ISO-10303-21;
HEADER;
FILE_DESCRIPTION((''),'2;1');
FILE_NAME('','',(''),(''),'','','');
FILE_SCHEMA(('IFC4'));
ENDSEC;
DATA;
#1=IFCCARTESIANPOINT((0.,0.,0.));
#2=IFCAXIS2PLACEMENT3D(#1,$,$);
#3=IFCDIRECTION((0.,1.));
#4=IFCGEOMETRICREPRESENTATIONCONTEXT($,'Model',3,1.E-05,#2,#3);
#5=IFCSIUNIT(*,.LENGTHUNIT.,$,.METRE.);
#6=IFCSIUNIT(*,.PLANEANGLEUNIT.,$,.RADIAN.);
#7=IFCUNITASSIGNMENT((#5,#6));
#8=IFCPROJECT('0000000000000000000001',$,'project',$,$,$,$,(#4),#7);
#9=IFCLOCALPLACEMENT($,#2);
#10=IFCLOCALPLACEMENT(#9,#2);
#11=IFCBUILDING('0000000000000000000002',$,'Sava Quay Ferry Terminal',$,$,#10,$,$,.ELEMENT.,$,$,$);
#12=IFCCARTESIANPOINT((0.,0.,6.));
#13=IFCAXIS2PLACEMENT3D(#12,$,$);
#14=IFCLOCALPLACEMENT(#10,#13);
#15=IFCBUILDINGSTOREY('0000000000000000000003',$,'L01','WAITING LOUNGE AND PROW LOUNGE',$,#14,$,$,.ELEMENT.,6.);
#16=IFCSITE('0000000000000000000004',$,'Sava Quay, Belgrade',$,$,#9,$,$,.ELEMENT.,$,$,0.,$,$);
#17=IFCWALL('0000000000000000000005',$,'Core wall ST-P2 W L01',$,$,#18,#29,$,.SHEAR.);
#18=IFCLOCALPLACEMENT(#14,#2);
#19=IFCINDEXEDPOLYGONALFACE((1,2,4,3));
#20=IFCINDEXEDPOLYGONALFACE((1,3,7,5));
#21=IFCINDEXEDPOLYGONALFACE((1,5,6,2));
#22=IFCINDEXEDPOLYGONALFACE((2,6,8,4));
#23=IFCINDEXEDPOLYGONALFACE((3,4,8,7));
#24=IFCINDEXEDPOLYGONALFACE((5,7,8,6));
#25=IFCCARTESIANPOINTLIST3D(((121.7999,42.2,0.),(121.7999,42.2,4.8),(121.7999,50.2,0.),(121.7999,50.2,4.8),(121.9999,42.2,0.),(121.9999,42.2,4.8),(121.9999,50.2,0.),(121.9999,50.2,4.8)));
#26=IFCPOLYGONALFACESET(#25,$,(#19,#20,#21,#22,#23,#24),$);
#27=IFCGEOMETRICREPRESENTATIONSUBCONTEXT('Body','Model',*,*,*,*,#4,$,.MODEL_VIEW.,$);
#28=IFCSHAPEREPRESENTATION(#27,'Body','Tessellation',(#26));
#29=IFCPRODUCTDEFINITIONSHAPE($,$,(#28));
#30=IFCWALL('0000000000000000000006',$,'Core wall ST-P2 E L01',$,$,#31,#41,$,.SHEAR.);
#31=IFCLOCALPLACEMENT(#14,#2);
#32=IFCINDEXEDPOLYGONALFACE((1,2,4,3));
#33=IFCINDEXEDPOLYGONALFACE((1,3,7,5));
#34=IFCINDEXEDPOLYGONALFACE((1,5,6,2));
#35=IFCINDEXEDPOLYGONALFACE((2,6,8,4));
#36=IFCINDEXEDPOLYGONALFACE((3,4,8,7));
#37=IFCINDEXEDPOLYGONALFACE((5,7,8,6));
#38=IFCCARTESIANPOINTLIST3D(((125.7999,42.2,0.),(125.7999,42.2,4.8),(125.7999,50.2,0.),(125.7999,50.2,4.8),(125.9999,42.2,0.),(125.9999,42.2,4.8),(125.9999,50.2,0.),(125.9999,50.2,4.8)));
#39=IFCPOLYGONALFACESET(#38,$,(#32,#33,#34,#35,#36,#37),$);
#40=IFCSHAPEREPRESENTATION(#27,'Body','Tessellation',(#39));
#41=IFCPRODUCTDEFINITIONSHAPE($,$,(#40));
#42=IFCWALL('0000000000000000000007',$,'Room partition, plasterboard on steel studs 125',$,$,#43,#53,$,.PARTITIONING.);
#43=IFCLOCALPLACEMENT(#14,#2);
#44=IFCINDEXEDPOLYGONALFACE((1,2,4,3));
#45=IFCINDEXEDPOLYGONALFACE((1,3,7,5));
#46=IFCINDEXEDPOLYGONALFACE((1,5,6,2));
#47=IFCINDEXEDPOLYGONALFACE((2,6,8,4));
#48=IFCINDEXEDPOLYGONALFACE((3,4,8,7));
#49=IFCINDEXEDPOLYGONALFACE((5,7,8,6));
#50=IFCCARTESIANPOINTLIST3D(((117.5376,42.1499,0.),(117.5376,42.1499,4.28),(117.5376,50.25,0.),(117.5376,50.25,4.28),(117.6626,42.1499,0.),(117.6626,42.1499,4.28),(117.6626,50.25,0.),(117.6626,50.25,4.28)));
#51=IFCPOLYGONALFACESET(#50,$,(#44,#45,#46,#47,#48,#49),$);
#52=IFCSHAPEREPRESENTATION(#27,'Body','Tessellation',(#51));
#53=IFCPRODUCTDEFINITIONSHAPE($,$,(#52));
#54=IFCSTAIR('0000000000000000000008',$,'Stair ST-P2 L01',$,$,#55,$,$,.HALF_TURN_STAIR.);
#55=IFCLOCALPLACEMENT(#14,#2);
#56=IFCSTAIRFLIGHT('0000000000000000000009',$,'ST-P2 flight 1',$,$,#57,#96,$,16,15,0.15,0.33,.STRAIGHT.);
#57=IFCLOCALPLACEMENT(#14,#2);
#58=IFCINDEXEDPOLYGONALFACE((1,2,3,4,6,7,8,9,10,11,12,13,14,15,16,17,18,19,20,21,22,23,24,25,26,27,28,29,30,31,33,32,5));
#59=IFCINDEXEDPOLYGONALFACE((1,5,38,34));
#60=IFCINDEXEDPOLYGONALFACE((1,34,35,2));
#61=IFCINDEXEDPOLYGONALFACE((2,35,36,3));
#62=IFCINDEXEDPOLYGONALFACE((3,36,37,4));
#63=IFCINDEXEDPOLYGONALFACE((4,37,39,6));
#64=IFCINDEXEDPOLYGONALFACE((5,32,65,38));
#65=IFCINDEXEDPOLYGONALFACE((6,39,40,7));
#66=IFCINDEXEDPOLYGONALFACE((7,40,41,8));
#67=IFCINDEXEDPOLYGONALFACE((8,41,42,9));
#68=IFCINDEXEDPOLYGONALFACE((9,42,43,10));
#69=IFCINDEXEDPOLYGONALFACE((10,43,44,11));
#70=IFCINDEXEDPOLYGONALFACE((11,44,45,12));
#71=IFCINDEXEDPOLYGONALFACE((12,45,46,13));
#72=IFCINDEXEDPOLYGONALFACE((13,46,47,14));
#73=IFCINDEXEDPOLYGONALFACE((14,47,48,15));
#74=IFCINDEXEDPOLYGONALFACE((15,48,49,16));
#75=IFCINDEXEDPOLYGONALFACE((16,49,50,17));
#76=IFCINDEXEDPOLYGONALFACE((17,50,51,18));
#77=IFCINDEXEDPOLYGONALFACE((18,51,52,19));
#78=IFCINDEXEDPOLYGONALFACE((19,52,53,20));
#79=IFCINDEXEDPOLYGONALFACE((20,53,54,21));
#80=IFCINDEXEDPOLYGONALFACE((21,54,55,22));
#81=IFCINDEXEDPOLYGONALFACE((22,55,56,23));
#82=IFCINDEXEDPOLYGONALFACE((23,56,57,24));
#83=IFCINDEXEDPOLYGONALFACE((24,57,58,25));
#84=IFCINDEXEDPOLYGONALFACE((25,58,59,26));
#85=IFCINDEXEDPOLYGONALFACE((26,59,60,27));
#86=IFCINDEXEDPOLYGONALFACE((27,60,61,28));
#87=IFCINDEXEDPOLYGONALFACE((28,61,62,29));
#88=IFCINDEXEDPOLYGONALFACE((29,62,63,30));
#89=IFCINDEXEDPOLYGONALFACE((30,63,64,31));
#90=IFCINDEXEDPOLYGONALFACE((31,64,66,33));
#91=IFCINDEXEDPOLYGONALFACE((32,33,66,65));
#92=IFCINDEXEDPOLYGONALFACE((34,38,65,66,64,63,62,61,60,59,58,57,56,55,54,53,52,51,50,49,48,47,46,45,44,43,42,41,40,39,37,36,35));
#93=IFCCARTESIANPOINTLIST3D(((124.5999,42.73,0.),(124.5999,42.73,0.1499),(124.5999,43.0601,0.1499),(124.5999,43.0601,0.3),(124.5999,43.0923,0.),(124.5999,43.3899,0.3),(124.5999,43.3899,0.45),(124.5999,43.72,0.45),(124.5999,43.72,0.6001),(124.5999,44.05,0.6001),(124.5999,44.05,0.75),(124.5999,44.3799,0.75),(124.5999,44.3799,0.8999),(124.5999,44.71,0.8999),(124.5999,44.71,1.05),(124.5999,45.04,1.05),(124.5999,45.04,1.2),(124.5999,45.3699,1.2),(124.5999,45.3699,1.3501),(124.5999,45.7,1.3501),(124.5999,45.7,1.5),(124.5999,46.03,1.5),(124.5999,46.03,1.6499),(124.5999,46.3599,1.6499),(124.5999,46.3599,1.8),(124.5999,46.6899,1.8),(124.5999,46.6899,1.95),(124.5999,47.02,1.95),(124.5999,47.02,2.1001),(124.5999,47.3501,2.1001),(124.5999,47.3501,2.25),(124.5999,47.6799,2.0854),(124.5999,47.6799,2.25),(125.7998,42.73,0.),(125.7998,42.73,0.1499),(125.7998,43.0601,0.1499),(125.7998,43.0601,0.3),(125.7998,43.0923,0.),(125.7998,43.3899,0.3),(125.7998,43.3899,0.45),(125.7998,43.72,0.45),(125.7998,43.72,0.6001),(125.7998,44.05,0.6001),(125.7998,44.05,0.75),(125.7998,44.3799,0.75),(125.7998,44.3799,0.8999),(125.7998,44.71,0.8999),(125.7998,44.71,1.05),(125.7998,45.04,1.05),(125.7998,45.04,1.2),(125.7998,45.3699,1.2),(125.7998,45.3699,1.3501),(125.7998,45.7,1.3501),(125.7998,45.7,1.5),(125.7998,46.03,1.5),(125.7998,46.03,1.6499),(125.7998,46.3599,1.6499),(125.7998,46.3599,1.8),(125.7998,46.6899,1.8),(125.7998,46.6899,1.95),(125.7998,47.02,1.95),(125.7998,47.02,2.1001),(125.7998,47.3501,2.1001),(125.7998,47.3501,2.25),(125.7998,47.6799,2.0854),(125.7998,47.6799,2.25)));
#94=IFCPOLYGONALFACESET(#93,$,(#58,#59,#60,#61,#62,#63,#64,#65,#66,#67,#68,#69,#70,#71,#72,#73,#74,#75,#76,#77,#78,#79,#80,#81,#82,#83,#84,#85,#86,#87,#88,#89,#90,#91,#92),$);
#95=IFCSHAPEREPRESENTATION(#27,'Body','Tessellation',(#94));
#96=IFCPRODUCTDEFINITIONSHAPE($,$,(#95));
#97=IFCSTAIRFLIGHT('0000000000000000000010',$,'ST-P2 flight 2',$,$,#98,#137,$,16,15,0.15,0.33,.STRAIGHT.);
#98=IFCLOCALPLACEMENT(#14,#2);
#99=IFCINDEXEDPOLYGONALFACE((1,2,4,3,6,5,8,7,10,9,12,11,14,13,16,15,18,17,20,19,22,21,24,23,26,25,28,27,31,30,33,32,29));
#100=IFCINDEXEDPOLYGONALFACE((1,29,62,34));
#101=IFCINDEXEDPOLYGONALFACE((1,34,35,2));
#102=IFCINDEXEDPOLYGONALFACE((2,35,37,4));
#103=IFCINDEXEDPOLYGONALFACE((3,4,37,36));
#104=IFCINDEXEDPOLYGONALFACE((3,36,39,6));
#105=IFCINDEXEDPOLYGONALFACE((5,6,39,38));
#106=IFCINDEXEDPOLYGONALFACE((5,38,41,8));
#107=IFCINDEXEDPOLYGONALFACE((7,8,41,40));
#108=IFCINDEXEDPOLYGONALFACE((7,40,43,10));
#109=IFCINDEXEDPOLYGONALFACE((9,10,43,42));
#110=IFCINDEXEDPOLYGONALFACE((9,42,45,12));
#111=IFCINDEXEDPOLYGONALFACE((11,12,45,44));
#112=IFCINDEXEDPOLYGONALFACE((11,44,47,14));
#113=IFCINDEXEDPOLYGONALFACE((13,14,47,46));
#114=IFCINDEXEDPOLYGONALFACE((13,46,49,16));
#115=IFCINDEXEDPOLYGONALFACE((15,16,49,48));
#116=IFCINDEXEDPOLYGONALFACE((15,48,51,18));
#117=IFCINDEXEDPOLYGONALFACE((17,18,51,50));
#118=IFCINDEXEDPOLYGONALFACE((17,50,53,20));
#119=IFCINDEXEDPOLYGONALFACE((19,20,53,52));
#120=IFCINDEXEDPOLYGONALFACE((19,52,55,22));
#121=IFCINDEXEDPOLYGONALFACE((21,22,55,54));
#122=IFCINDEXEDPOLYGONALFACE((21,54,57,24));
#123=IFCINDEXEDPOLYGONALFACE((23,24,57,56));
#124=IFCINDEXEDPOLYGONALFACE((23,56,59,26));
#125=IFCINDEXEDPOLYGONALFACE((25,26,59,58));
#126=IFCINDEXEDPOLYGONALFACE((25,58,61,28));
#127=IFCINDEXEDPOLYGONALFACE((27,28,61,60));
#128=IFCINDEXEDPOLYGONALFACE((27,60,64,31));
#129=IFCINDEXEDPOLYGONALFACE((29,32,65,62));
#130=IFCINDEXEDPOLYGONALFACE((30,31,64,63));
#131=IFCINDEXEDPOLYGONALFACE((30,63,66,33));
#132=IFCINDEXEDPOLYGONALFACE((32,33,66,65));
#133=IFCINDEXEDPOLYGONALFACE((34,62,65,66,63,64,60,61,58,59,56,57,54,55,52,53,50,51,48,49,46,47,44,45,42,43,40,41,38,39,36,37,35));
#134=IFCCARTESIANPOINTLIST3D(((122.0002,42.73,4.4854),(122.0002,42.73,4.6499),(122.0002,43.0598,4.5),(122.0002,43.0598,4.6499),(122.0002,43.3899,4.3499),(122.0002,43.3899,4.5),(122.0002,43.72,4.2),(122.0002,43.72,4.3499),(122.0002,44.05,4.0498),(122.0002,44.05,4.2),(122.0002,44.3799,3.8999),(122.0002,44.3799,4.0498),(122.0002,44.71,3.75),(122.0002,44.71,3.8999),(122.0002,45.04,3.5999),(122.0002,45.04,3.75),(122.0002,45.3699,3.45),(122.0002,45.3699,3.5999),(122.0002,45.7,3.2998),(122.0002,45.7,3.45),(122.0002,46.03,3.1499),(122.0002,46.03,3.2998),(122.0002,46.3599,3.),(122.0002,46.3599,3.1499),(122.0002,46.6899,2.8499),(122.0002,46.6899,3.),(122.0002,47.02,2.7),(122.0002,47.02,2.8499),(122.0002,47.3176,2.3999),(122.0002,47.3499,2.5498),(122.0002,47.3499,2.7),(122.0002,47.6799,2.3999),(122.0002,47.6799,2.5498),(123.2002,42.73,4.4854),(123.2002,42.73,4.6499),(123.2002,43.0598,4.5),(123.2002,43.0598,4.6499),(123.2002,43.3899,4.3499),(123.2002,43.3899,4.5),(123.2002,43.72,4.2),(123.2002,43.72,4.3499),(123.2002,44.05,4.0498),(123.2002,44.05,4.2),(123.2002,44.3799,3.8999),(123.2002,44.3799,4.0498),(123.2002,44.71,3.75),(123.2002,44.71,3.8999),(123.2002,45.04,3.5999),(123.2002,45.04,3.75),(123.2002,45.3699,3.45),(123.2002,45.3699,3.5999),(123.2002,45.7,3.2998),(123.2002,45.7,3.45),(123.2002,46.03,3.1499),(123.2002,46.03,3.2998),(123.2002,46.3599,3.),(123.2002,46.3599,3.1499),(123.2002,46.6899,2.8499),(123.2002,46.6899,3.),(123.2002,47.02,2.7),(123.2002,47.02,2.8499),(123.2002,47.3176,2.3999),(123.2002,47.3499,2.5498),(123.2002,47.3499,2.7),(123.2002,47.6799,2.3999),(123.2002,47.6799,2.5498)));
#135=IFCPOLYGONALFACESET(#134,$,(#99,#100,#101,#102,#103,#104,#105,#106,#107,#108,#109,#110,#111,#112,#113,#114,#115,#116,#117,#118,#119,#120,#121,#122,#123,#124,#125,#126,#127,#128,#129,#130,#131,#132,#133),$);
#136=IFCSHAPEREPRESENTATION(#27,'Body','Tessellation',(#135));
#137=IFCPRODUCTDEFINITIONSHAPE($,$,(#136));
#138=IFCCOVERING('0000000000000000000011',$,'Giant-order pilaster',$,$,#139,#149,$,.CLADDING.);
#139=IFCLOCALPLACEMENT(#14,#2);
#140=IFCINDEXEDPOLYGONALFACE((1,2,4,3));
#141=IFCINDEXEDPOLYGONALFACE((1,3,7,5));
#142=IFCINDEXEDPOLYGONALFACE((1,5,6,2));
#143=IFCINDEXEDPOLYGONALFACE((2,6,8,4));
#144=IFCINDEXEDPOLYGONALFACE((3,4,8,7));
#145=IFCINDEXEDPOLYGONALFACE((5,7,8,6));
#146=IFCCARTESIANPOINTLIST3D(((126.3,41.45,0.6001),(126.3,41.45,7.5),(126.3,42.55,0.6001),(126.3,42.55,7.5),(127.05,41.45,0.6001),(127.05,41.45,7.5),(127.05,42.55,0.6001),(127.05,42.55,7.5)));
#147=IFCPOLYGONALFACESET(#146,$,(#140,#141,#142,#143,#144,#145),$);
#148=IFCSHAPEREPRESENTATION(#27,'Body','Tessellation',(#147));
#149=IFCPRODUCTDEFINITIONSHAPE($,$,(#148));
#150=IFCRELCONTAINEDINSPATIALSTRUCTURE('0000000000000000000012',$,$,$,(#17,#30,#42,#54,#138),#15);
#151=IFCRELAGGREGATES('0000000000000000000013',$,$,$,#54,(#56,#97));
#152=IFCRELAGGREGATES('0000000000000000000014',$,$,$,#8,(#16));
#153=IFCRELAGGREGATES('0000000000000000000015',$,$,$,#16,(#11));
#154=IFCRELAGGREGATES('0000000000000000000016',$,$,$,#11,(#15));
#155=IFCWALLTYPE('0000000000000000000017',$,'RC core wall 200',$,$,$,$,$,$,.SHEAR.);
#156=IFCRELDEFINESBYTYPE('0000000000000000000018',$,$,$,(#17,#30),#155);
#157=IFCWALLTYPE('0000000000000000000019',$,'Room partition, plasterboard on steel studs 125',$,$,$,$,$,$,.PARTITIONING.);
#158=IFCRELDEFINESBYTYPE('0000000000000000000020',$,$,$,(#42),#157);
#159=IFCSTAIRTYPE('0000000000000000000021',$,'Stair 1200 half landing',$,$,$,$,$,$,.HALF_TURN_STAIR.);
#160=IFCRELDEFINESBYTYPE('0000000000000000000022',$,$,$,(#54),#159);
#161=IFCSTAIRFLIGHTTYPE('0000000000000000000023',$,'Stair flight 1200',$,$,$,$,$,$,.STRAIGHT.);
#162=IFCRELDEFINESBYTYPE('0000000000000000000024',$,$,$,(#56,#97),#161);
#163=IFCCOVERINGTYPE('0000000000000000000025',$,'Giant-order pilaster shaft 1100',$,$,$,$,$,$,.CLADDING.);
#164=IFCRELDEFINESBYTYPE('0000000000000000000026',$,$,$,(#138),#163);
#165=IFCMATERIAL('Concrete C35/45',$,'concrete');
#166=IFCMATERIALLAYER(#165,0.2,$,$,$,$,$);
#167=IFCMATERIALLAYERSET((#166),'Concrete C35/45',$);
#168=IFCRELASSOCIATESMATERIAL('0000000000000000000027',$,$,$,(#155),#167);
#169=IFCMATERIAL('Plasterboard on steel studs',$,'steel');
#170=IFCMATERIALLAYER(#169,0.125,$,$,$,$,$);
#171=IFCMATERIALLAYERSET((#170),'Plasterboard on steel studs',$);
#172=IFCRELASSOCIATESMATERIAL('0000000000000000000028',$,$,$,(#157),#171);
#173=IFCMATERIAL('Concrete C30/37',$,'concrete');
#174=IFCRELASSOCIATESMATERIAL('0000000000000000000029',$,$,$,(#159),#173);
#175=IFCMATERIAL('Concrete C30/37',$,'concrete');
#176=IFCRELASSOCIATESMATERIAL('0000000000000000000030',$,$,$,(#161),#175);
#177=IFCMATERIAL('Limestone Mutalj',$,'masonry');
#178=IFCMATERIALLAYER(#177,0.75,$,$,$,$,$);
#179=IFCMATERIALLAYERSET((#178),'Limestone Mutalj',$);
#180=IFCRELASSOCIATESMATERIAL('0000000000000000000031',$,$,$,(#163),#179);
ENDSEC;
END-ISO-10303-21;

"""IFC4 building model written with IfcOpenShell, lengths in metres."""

from ifc_helpers import new_model, si_unit, direction, frame, frame_2d, origin, origin_2d, place, context, subcontext, project, spatial, polyline, rectangle, outline, extrude, material, layer, layer_set, type_object, element, aggregate, save


model = new_model("IFC4")

# Units and contexts
model_context = context("Model", 3, precision=1e-05, world=origin(), true_north=direction((0.0, 1.0)))
body_context = subcontext(model_context, "Body", "Model", "MODEL_VIEW")
ifc_project = project(units=[si_unit("LENGTHUNIT", "METRE"), si_unit("PLANEANGLEUNIT", "RADIAN")], contexts=[model_context])

# Site, building, storey
site_placement = place(None, origin())
site = spatial("IfcSite", under=ifc_project, at=site_placement, Name="Sava Quay, Belgrade", CompositionType="ELEMENT", RefElevation=0.0)
building_placement = place(site_placement, origin())
building = spatial("IfcBuilding", under=site, at=building_placement, Name="Sava Quay Ferry Terminal", CompositionType="ELEMENT")
storey_placement = place(building_placement, frame((0.0, 0.0, 6.0)))
storey = spatial("IfcBuildingStorey", under=building, at=storey_placement, Name="L01", Description="WAITING LOUNGE AND PROW LOUNGE", CompositionType="ELEMENT", Elevation=6.0)

# Shared definitions
ifc_material_1 = material(Name="Concrete C35/45", Category="concrete")
ifc_layer_1 = layer(ifc_material_1, 0.2)
ifc_layer_set_1 = layer_set([ifc_layer_1], Name="Concrete C35/45")
wall_type_1 = type_object("IfcWallType", Name="RC core wall 200", PredefinedType="SHEAR", material=ifc_layer_set_1)

# Walls
for number, where, z_axis, x_axis, name in (
    (1, (121.8999, 42.2, 0.0), (0.0, 0.0, 1.0), (0.0, 1.0, 0.0), "Core wall ST-P2 W L01"),
    (2, (125.8999, 42.2, 0.0), (0.0, 0.0, 1.0), (0.0, 1.0, 0.0), "Core wall ST-P2 E L01"),
):
    element("IfcWall", number, at=place(storey_placement, frame(where, z_axis=z_axis, x_axis=x_axis)), inside=storey, type_object=wall_type_1, Name=name, PredefinedType="SHEAR", context=body_context, shape_type="SweptSolid", body=[
        extrude(rectangle(XDim=8.0, YDim=0.2, at=frame_2d((4.0, 0.0))), origin(), (0.0, 0.0, 1.0), 4.8),
    ])
ifc_material_2 = material(Name="Plasterboard on steel studs", Category="steel")
ifc_layer_2 = layer(ifc_material_2, 0.125)
ifc_layer_set_2 = layer_set([ifc_layer_2], Name="Plasterboard on steel studs")
wall_type_2 = type_object("IfcWallType", Name="Room partition, plasterboard on steel studs 125", PredefinedType="PARTITIONING", material=ifc_layer_set_2)
wall_1_placement = place(storey_placement, frame((117.6001, 42.1499, 0.0), z_axis=(0.0, 0.0, 1.0), x_axis=(0.0, 1.0, 0.0)))
element("IfcWall", 3, at=wall_1_placement, inside=storey, type_object=wall_type_2, Name="Room partition, plasterboard on steel studs 125", PredefinedType="PARTITIONING", context=body_context, shape_type="SweptSolid", body=[
    extrude(rectangle(XDim=8.1001, YDim=0.125, at=frame_2d((4.05, 0.0))), origin(), (0.0, 0.0, 1.0), 4.28),
])

# Stair, stair flights
ifc_material_3 = material(Name="Concrete C30/37", Category="concrete")
stair_type = type_object("IfcStairType", Name="Stair 1200 half landing", PredefinedType="HALF_TURN_STAIR", material=ifc_material_3)
stair_placement = place(storey_placement, origin())
stair = element("IfcStair", 4, at=stair_placement, inside=storey, type_object=stair_type, Name="Stair ST-P2 L01", PredefinedType="HALF_TURN_STAIR")
ifc_material_4 = material(Name="Concrete C30/37", Category="concrete")
stair_flight_type = type_object("IfcStairFlightType", Name="Stair flight 1200", PredefinedType="STRAIGHT", material=ifc_material_4)
stair_flight_1_placement = place(storey_placement, frame((125.2, 42.73, 0.0), z_axis=(0.0, 0.0, 1.0), x_axis=(0.0, 1.0, 0.0)))
stair_flight_1 = element("IfcStairFlight", 5, at=stair_flight_1_placement, type_object=stair_flight_type, Name="ST-P2 flight 1", NumberOfRisers=16, NumberOfTreads=15, PredefinedType="STRAIGHT", RiserHeight=0.15, TreadLength=0.33, context=body_context, shape_type="SweptSolid", body=[
    extrude(outline(polyline([(0.0, 0.0), (0.0, 0.1499), (0.3301, 0.1499), (0.3301, 0.3), (0.6599, 0.3), (0.6599, 0.45), (0.99, 0.45), (0.99, 0.6001), (1.3201, 0.6001), (1.3201, 0.75), (1.6499, 0.75), (1.6499, 0.8999), (1.98, 0.8999), (1.98, 1.05), (2.3101, 1.05), (2.3101, 1.2), (2.6399, 1.2), (2.6399, 1.3501), (2.97, 1.3501), (2.97, 1.5), (3.3, 1.5), (3.3, 1.6499), (3.6299, 1.6499), (3.6299, 1.8), (3.96, 1.8), (3.96, 1.95), (4.29, 1.95), (4.29, 2.1001), (4.6201, 2.1001), (4.6201, 2.25), (4.95, 2.25), (4.95, 2.3999), (4.95, 2.0854), (0.3623, 0.0), (0.0, 0.0)])), frame((0.0, 0.6001, 0.0), z_axis=(0.0, -1.0, 0.0), x_axis=(1.0, 0.0, 0.0)), (0.0, 0.0, 1.0), 1.2),
])
stair_flight_2_placement = place(storey_placement, frame((122.6001, 47.6799, 2.3999), z_axis=(0.0, 0.0, 1.0), x_axis=(0.0, -1.0, 0.0)))
stair_flight_2 = element("IfcStairFlight", 6, at=stair_flight_2_placement, type_object=stair_flight_type, Name="ST-P2 flight 2", NumberOfRisers=16, NumberOfTreads=15, PredefinedType="STRAIGHT", RiserHeight=0.15, TreadLength=0.33, context=body_context, shape_type="SweptSolid", body=[
    extrude(outline(polyline([(0.0, 0.0), (0.0, 0.1499), (0.3301, 0.1499), (0.3301, 0.3), (0.6599, 0.3), (0.6599, 0.45), (0.99, 0.45), (0.99, 0.6001), (1.3201, 0.6001), (1.3201, 0.75), (1.6499, 0.75), (1.6499, 0.8999), (1.98, 0.8999), (1.98, 1.05), (2.3101, 1.05), (2.3101, 1.2), (2.6399, 1.2), (2.6399, 1.3501), (2.97, 1.3501), (2.97, 1.5), (3.3, 1.5), (3.3, 1.6499), (3.6299, 1.6499), (3.6299, 1.8), (3.96, 1.8), (3.96, 1.95), (4.29, 1.95), (4.29, 2.1001), (4.6201, 2.1001), (4.6201, 2.25), (4.95, 2.25), (4.95, 2.3999), (4.95, 2.0854), (0.3623, 0.0), (0.0, 0.0)])), frame((0.0, 0.6001, 0.0), z_axis=(0.0, -1.0, 0.0), x_axis=(1.0, 0.0, 0.0)), (0.0, 0.0, 1.0), 1.2),
])
aggregate(stair, [stair_flight_1, stair_flight_2])

# Covering
ifc_material_5 = material(Name="Limestone Mutalj", Category="masonry")
ifc_layer_3 = layer(ifc_material_5, 0.75)
ifc_layer_set_3 = layer_set([ifc_layer_3], Name="Limestone Mutalj")
covering_type = type_object("IfcCoveringType", Name="Giant-order pilaster shaft 1100", PredefinedType="CLADDING", material=ifc_layer_set_3)
covering_placement = place(storey_placement, frame((126.675, 42.0, 0.6001), z_axis=(0.0, 0.0, 1.0), x_axis=(1.0, 0.0, 0.0)))
element("IfcCovering", 7, at=covering_placement, inside=storey, type_object=covering_type, Name="Giant-order pilaster", PredefinedType="CLADDING", context=body_context, shape_type="SweptSolid", body=[
    extrude(rectangle(XDim=0.75, YDim=1.1001, at=origin_2d()), origin(), (0.0, 0.0, 1.0), 6.8999),
])

save(model, "model.ifc")
